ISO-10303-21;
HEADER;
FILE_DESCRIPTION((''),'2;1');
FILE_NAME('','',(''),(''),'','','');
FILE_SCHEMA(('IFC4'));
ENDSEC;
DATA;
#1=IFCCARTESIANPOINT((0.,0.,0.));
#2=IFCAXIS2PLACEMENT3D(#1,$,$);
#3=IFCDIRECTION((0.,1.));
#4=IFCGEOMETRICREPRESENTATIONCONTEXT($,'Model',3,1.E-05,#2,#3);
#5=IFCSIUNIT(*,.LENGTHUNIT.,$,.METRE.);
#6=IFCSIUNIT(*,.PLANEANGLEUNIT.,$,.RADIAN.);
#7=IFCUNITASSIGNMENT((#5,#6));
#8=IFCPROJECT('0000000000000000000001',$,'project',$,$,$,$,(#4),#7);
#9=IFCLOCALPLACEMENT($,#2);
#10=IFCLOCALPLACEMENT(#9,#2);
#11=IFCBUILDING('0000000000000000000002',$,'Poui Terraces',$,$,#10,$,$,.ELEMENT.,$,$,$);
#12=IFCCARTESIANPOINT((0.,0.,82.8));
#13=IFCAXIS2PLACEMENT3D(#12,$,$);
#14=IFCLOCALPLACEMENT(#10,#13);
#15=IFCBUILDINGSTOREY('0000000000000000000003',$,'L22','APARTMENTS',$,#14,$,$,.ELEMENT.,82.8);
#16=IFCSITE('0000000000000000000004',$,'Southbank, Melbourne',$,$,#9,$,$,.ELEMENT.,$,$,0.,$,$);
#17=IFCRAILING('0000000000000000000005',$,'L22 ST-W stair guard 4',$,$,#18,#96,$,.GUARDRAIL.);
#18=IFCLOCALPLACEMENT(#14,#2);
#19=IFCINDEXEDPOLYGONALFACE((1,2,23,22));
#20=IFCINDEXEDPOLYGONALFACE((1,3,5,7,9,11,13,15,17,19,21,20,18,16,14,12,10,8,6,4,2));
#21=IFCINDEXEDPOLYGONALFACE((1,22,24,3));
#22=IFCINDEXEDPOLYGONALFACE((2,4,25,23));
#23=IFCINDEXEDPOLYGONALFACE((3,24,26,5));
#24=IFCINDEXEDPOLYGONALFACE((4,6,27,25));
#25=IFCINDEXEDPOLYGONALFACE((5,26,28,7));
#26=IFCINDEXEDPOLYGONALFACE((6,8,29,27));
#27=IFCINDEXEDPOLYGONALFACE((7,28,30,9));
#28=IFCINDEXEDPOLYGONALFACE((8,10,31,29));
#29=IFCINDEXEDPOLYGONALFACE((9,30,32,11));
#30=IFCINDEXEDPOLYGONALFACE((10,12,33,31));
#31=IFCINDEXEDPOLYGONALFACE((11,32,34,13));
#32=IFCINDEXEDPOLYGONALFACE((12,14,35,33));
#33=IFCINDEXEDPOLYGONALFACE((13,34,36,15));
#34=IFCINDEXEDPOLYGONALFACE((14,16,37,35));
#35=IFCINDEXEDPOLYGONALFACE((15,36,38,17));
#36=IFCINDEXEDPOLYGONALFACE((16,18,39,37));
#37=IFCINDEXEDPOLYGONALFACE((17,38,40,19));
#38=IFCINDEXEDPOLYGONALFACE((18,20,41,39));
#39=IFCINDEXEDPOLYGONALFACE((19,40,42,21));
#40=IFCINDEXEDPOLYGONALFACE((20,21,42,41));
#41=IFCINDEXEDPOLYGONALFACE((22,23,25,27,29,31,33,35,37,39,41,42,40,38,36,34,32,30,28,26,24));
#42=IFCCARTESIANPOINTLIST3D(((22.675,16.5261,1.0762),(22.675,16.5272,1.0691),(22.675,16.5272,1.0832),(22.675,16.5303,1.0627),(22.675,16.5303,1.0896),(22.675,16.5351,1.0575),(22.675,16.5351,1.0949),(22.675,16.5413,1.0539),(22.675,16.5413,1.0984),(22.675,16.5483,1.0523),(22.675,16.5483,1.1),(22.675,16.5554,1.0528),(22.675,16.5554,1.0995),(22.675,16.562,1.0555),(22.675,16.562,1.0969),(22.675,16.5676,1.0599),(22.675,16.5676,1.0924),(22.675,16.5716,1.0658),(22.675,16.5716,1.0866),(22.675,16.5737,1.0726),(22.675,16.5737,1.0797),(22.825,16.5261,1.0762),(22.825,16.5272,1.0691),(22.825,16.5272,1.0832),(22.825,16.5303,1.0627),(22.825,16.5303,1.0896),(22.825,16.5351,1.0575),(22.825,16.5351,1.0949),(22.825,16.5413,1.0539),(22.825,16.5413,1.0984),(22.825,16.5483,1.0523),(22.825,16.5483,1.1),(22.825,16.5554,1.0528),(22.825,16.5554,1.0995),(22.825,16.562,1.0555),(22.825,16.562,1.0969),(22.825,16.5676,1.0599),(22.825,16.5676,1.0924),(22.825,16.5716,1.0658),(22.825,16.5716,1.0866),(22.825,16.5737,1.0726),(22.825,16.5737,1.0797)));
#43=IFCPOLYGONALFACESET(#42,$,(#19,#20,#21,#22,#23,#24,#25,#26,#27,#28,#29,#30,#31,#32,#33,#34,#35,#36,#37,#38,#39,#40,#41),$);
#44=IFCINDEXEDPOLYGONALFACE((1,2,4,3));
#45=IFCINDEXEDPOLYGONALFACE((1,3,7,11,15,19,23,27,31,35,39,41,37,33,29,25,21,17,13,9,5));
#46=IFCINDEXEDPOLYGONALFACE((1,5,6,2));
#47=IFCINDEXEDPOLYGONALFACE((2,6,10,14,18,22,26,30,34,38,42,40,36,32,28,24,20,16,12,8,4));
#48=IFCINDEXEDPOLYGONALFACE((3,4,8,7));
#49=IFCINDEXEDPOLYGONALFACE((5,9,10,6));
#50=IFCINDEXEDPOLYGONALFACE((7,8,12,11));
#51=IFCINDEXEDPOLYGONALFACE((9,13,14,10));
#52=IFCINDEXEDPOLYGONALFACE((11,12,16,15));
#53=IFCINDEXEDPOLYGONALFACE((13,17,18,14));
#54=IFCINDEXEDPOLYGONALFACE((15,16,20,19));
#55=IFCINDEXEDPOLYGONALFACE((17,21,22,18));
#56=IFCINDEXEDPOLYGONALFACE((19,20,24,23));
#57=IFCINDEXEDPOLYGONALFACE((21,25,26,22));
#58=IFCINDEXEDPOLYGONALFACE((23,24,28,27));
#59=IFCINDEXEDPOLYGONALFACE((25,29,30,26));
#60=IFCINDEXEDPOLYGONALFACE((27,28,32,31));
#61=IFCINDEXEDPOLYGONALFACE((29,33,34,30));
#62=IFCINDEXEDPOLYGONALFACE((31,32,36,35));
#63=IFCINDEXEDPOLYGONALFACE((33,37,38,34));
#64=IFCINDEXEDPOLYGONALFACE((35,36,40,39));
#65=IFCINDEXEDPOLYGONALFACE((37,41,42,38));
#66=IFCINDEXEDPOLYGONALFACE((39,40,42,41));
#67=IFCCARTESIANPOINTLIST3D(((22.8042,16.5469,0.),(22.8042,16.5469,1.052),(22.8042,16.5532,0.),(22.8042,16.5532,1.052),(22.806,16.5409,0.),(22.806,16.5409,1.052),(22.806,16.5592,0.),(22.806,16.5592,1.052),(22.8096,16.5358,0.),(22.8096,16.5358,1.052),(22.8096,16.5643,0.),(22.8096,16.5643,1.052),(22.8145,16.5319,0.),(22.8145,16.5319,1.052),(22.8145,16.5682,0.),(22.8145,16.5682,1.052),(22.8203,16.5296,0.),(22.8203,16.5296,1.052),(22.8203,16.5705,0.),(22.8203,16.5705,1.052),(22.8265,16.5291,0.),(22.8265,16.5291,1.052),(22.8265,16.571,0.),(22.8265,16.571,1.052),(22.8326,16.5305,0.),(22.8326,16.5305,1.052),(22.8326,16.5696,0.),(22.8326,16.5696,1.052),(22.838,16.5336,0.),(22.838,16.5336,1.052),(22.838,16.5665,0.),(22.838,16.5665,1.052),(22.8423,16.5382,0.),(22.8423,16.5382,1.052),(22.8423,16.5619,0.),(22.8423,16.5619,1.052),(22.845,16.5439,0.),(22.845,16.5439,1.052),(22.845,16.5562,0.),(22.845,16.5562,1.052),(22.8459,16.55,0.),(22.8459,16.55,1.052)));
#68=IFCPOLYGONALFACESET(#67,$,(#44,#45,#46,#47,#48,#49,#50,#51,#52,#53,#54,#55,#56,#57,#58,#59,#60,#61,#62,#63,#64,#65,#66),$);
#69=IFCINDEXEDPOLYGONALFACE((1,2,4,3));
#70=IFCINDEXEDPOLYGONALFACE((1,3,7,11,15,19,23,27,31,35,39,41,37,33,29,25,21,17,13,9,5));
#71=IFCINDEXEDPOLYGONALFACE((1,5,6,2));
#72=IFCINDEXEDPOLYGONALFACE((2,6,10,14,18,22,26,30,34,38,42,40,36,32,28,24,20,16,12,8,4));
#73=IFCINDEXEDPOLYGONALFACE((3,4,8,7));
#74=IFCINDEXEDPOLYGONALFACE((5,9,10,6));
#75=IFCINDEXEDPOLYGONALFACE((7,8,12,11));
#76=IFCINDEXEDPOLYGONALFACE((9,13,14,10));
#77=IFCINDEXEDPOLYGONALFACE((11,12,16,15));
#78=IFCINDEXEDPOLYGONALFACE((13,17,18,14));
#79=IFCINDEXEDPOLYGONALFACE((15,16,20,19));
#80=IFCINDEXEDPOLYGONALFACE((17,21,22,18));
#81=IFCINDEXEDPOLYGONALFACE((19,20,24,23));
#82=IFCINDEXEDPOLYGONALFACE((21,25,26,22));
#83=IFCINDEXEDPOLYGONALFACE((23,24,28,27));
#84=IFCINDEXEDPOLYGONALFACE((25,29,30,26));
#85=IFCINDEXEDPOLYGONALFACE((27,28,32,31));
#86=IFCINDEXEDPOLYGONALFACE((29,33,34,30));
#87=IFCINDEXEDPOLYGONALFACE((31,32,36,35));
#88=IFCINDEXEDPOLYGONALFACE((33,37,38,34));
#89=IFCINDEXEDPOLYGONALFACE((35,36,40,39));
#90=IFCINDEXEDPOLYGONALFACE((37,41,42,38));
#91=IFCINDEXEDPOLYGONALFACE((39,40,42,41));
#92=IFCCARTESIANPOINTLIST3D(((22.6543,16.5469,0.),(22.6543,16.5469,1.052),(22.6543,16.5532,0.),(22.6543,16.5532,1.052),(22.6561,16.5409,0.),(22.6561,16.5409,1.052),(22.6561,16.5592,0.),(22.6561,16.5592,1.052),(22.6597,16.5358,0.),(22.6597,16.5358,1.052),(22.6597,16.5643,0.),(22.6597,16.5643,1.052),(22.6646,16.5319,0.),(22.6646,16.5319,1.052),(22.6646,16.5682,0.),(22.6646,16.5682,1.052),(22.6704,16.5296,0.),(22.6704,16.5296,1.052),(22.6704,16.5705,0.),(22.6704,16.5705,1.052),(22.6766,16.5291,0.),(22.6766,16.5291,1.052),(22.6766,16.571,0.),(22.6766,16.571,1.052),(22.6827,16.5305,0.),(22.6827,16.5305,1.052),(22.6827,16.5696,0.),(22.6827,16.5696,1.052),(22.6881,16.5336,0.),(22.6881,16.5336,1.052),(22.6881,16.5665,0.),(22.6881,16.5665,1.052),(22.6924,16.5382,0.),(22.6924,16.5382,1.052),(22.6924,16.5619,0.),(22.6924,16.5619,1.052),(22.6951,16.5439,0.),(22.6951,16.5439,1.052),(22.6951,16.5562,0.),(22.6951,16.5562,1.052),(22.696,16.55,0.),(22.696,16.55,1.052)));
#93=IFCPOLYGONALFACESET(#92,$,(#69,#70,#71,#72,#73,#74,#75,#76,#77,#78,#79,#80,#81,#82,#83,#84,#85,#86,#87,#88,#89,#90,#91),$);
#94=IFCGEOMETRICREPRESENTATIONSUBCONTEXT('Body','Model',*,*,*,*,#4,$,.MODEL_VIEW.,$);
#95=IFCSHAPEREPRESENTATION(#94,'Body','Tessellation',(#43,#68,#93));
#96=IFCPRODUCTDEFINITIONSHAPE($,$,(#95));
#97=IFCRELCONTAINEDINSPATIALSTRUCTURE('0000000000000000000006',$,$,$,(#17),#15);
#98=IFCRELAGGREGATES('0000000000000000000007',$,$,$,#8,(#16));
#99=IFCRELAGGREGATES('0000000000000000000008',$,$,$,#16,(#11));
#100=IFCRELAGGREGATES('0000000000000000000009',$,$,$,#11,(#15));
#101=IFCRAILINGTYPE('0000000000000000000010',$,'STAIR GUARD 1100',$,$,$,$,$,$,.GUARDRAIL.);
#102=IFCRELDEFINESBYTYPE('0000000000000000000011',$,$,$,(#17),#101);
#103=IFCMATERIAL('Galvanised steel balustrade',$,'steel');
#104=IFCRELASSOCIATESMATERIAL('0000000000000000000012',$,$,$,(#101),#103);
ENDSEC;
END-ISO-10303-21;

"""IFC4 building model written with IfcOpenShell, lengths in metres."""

from ifc_helpers import new_model, si_unit, direction, frame, origin, origin_2d, place, context, subcontext, project, spatial, circle, extrude, material, type_object, element, save


model = new_model("IFC4")

# Units and contexts
model_context = context("Model", 3, precision=1e-05, world=origin(), true_north=direction((0.0, 1.0)))
body_context = subcontext(model_context, "Body", "Model", "MODEL_VIEW")
ifc_project = project(units=[si_unit("LENGTHUNIT", "METRE"), si_unit("PLANEANGLEUNIT", "RADIAN")], contexts=[model_context])

# Site, building, storey
site_placement = place(None, origin())
site = spatial("IfcSite", under=ifc_project, at=site_placement, Name="Southbank, Melbourne", CompositionType="ELEMENT", RefElevation=0.0)
building_placement = place(site_placement, origin())
building = spatial("IfcBuilding", under=site, at=building_placement, Name="Poui Terraces", CompositionType="ELEMENT")
storey_placement = place(building_placement, frame((0.0, 0.0, 82.8)))
storey = spatial("IfcBuildingStorey", under=building, at=storey_placement, Name="L22", Description="APARTMENTS", CompositionType="ELEMENT", Elevation=82.8)

# Railing
ifc_material_1 = material(Name="Galvanised steel balustrade", Category="steel")
railing_type_1 = type_object("IfcRailingType", Name="STAIR GUARD 1100", PredefinedType="GUARDRAIL", material=ifc_material_1)
railing_1_placement = place(storey_placement, frame((22.825, 16.55, 0.0)))
element("IfcRailing", 1, at=railing_1_placement, inside=storey, type_object=railing_type_1, Name="L22 ST-W stair guard 4", PredefinedType="GUARDRAIL", context=body_context, shape_type="SweptSolid", body=[
    extrude(circle(Radius=0.0239, at=origin_2d()), frame((0.0, 0.0, 1.0762), z_axis=(-1.0, 0.0, 0.0), x_axis=(0.0, -1.0, 0.0)), (0.0, 0.0, 1.0), 0.1499),
    extrude(circle(Radius=0.021, at=origin_2d()), origin(), (0.0, 0.0, 1.0), 1.052),
    extrude(circle(Radius=0.021, at=origin_2d()), frame((-0.1499, 0.0, 0.0)), (0.0, 0.0, 1.0), 1.052),
])

save(model, "model.ifc")
